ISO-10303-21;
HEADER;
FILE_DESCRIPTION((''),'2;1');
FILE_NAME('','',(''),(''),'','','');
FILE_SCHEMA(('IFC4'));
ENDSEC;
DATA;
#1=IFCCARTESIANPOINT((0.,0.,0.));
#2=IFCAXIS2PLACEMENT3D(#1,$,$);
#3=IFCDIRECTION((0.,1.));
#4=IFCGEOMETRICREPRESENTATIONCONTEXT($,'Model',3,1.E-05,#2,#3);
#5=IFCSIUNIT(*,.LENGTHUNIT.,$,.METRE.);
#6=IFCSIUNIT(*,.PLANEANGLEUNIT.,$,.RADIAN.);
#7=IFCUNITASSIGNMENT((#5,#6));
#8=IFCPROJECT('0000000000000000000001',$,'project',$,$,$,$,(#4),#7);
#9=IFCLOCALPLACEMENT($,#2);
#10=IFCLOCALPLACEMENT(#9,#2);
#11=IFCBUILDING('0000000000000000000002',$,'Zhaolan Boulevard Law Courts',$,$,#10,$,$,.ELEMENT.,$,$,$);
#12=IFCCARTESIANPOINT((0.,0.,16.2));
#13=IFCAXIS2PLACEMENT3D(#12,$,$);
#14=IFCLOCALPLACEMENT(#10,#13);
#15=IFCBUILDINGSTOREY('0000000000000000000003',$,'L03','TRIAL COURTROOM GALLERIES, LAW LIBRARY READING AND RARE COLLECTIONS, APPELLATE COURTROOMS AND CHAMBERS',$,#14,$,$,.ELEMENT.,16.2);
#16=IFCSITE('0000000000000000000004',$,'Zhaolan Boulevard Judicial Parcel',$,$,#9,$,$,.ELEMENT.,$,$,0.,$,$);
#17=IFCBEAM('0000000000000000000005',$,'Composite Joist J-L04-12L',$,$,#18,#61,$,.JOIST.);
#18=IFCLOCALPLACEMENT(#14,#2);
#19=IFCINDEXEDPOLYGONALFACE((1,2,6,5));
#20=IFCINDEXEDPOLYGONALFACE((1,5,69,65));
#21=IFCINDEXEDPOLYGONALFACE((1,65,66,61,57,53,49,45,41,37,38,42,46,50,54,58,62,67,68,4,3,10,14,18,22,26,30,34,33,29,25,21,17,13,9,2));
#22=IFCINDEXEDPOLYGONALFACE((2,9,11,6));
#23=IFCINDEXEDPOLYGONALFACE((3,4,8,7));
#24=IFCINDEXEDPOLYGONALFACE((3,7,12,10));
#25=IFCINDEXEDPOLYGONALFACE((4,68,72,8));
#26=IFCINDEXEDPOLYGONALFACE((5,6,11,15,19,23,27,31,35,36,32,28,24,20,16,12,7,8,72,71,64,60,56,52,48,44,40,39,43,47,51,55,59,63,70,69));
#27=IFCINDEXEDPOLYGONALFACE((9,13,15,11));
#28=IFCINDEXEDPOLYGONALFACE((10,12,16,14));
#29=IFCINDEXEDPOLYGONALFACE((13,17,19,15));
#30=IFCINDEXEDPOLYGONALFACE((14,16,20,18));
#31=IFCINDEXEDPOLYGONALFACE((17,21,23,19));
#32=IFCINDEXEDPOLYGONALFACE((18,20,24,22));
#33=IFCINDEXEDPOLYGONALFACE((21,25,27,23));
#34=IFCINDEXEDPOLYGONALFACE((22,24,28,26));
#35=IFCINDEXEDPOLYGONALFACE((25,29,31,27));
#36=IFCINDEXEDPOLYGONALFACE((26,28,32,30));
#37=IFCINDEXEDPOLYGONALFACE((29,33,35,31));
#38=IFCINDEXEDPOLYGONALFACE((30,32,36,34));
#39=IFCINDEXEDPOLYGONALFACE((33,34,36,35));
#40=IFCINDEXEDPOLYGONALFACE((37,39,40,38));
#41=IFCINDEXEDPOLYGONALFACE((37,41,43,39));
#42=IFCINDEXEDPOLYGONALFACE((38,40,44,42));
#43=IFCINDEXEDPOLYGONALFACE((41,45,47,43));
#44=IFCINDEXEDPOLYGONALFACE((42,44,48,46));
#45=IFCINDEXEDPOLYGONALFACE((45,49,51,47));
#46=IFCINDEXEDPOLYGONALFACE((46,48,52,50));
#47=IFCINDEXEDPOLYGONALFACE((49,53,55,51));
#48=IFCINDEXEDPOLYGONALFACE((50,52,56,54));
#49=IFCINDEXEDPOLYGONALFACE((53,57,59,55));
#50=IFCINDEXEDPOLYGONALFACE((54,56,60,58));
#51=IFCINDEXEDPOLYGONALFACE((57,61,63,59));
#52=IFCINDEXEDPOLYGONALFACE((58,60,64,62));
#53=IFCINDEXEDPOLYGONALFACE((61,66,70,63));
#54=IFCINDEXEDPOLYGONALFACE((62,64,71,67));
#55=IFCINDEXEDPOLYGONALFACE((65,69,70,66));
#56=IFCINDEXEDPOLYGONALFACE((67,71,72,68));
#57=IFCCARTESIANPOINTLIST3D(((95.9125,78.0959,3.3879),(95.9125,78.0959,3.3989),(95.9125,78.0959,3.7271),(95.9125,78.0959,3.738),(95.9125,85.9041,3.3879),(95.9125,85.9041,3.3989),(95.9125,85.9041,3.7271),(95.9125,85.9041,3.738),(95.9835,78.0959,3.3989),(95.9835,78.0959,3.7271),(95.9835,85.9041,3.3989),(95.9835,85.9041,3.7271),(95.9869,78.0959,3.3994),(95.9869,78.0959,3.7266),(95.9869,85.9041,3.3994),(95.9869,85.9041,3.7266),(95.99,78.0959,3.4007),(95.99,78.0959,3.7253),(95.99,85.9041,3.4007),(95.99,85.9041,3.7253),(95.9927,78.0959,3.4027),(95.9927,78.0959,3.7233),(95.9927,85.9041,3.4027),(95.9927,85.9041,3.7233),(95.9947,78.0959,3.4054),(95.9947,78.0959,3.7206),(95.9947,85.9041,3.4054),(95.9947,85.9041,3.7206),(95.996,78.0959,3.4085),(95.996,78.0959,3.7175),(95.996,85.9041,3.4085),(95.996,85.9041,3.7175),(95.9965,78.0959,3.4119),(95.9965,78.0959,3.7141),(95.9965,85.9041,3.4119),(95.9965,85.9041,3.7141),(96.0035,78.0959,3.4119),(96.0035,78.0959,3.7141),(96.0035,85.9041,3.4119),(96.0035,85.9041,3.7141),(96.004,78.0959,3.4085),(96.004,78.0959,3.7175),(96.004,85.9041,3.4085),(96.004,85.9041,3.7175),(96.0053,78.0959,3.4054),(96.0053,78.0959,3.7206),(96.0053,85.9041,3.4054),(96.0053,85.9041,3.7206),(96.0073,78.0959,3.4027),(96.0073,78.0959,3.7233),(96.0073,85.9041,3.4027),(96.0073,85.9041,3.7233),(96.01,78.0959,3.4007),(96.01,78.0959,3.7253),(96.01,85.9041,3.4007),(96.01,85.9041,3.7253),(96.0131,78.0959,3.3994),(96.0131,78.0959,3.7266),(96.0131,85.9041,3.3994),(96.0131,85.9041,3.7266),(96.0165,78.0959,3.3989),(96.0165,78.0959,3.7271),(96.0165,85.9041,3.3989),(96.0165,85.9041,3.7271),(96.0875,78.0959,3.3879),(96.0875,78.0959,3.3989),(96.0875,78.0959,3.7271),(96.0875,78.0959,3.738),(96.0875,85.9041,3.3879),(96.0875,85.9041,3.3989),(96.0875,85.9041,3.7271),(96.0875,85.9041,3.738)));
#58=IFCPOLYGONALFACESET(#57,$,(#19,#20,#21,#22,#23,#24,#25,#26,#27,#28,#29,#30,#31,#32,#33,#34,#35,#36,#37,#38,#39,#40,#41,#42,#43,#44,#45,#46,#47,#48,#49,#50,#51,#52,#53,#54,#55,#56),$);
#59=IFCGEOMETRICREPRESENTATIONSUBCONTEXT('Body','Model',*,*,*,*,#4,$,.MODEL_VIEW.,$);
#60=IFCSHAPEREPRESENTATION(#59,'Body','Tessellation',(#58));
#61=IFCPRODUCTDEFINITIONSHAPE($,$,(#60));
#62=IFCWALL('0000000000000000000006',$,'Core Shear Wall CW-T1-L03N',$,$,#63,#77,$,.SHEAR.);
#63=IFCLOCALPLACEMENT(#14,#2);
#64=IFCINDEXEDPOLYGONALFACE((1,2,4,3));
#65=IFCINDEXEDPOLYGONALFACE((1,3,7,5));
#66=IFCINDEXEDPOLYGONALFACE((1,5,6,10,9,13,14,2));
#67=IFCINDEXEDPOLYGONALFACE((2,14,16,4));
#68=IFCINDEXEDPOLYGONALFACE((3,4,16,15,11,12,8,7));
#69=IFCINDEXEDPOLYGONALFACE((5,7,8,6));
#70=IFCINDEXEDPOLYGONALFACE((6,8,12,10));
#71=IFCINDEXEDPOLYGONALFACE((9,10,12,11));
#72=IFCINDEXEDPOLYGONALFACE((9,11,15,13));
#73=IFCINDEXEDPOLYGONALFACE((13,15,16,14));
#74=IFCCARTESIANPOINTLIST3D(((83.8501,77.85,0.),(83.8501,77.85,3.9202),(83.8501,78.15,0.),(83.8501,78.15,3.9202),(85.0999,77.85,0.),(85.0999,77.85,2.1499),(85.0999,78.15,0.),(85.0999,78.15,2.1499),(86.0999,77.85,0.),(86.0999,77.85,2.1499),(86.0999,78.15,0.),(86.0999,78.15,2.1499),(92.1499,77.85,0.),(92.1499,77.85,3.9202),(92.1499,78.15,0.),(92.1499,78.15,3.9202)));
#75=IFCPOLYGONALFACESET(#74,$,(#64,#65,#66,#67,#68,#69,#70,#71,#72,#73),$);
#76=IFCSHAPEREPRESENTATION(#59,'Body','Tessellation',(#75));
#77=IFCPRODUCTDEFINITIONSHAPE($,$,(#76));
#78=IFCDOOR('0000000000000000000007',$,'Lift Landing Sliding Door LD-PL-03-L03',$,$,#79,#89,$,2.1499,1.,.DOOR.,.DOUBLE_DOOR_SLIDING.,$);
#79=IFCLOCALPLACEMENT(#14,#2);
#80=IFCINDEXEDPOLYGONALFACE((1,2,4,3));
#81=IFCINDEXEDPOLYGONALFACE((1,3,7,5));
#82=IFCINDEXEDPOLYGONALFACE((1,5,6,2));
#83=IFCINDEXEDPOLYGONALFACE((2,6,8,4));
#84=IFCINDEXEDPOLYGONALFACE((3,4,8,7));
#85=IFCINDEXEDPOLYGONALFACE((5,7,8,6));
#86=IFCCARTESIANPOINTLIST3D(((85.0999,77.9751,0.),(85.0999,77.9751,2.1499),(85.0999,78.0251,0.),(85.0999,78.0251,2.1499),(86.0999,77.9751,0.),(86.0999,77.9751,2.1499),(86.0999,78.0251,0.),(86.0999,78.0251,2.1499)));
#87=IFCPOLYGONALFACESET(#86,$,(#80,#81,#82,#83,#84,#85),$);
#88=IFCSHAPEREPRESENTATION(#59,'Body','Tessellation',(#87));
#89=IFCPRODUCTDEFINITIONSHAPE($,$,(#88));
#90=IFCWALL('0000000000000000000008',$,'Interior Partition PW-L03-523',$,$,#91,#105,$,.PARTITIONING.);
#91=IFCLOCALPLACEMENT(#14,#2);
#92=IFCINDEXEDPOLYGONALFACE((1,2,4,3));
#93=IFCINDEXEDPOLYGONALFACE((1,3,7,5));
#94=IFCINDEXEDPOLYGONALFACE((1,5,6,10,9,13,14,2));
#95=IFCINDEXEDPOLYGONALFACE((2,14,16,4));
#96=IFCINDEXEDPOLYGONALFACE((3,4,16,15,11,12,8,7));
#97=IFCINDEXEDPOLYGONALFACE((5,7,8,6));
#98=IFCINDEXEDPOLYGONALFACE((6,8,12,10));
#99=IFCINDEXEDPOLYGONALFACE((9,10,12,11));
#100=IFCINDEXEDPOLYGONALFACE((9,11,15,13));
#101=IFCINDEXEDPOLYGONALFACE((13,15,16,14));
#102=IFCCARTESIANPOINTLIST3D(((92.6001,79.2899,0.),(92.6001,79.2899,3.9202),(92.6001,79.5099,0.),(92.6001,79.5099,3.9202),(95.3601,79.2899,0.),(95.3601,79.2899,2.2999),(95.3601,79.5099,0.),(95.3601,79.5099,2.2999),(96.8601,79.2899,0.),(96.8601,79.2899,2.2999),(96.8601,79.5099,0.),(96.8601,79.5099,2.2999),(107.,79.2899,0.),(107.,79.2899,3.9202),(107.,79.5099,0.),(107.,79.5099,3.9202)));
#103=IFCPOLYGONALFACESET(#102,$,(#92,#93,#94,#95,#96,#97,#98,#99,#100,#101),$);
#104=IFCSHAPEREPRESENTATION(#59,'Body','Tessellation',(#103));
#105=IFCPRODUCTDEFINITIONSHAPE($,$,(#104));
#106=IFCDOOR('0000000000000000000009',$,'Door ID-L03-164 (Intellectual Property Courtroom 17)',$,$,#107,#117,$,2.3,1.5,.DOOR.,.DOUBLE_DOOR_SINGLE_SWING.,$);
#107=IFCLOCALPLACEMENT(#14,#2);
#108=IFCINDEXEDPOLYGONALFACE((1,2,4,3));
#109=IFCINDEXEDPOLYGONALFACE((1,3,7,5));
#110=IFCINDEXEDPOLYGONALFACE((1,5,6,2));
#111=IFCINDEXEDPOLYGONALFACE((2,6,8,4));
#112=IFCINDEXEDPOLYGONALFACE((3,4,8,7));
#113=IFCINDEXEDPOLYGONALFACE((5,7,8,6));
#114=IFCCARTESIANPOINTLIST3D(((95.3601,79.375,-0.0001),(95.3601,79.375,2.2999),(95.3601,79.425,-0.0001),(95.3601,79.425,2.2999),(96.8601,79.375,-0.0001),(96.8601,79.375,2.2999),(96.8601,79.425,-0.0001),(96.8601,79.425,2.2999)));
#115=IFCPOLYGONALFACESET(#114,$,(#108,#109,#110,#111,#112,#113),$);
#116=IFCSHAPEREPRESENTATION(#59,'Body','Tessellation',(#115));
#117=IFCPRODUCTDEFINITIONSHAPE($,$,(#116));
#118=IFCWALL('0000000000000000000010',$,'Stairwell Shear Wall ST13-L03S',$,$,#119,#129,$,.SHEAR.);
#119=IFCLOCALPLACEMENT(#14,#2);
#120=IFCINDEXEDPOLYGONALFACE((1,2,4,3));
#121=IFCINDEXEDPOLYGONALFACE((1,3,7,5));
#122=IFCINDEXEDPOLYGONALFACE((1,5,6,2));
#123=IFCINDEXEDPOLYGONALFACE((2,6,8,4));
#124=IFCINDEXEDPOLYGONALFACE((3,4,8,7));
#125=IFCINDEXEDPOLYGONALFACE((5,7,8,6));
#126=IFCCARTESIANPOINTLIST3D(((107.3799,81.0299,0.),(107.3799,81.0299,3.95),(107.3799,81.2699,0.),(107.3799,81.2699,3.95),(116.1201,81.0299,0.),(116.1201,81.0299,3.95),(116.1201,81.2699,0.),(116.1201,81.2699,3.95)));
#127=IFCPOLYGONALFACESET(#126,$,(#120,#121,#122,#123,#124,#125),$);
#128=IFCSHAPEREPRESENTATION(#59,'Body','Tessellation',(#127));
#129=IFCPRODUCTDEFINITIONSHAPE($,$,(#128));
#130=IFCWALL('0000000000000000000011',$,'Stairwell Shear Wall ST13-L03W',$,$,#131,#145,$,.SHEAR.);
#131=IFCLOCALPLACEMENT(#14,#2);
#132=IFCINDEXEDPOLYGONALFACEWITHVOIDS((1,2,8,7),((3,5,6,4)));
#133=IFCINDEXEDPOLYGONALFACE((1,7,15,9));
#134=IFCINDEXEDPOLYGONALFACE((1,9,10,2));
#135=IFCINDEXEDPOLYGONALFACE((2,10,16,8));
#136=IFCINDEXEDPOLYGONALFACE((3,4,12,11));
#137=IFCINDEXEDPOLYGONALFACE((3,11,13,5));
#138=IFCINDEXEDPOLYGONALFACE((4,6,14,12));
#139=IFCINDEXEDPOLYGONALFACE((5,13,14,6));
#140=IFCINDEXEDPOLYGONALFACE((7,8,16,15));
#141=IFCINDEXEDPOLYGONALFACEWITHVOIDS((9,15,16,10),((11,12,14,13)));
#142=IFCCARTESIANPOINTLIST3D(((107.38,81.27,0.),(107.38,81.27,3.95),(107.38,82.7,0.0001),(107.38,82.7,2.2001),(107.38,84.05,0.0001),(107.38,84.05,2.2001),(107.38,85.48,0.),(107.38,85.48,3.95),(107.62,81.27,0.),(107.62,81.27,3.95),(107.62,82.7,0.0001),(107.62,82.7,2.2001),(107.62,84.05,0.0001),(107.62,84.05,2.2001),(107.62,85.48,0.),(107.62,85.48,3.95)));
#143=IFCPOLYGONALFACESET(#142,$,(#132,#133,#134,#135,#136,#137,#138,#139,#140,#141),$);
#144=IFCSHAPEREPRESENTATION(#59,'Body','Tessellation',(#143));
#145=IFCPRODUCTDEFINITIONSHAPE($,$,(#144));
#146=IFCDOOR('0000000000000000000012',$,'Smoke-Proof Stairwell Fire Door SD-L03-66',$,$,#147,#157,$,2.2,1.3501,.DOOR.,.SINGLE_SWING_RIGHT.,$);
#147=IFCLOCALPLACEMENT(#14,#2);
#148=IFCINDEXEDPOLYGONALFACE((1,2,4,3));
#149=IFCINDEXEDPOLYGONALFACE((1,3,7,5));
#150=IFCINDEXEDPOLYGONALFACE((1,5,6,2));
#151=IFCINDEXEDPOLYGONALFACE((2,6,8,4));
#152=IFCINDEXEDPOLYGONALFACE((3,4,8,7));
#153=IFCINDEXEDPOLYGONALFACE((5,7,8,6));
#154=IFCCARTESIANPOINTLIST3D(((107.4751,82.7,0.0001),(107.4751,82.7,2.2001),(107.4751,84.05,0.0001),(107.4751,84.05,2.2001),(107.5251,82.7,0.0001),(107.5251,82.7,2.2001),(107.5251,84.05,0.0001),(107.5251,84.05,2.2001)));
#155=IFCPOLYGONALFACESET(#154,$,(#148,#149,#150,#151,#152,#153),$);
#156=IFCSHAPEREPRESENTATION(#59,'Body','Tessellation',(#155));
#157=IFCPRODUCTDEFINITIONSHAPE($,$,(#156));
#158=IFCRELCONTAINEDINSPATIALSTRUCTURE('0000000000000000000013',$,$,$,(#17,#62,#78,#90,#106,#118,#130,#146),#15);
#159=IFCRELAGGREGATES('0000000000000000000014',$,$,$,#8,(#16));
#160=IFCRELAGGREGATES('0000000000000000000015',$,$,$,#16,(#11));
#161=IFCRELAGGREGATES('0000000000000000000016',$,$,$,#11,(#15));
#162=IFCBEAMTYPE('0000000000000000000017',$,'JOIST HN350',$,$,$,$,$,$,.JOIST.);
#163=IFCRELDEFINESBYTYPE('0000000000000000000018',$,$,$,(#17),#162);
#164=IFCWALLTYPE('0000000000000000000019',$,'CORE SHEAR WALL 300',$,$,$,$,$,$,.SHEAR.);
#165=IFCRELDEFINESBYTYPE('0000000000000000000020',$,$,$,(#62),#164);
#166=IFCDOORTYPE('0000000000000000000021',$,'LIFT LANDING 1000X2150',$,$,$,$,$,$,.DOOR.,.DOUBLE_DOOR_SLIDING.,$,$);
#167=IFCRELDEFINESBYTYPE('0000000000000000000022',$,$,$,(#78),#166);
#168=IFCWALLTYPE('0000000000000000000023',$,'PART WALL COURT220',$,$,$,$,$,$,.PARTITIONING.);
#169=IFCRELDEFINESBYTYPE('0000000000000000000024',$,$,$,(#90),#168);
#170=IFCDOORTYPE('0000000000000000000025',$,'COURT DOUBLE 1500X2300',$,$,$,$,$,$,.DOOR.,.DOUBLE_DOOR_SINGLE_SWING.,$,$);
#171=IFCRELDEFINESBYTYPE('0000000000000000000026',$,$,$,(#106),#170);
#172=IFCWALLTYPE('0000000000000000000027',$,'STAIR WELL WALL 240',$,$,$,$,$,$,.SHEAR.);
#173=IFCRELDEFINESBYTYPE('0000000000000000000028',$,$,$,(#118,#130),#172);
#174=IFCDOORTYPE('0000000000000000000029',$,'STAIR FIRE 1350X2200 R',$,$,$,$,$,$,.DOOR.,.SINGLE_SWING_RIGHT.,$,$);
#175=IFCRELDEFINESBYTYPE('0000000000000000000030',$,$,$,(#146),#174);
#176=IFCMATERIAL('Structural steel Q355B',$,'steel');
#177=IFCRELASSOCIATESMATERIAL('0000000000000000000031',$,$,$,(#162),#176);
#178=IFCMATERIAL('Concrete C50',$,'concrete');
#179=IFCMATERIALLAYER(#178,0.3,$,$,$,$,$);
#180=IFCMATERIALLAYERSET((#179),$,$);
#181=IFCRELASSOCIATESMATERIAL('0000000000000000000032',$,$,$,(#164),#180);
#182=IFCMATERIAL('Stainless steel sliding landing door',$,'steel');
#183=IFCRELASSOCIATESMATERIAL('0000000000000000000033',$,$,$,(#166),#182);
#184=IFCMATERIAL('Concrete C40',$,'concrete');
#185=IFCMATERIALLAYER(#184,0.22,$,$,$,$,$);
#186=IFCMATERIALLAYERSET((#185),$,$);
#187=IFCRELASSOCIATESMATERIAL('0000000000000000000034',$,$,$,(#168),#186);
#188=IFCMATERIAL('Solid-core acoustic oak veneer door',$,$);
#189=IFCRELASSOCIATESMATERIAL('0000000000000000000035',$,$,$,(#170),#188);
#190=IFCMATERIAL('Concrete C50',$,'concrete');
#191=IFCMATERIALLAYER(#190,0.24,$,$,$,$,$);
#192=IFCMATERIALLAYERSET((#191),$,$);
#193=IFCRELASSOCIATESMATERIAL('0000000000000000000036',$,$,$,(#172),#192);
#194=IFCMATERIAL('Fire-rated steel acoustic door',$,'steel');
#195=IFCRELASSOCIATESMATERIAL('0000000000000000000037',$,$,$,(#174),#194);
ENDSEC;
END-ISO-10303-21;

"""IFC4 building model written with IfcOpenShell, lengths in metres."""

from ifc_helpers import new_model, si_unit, direction, frame, frame_2d, origin, origin_2d, place, context, subcontext, project, spatial, rectangle, i_section, extrude, material, layer, layer_set, material_profile, profile_set, type_object, element, fill, save


model = new_model("IFC4")

# Units and contexts
model_context = context("Model", 3, precision=1e-05, world=origin(), true_north=direction((0.0, 1.0)))
body_context = subcontext(model_context, "Body", "Model", "MODEL_VIEW")
ifc_project = project(units=[si_unit("LENGTHUNIT", "METRE"), si_unit("PLANEANGLEUNIT", "RADIAN")], contexts=[model_context])

# Site, building, storey
site_placement = place(None, origin())
site = spatial("IfcSite", under=ifc_project, at=site_placement, Name="Zhaolan Boulevard Judicial Parcel", CompositionType="ELEMENT", RefElevation=0.0)
building_placement = place(site_placement, origin())
building = spatial("IfcBuilding", under=site, at=building_placement, Name="Zhaolan Boulevard Law Courts", CompositionType="ELEMENT")
storey_placement = place(building_placement, frame((0.0, 0.0, 16.2)))
storey = spatial("IfcBuildingStorey", under=building, at=storey_placement, Name="L03", Description="TRIAL COURTROOM GALLERIES, LAW LIBRARY READING AND RARE COLLECTIONS, APPELLATE COURTROOMS AND CHAMBERS", CompositionType="ELEMENT", Elevation=16.2)

# Beam
ifc_material_1 = material(Name="Structural steel Q355B", Category="steel")
ifc_material_profile_1 = material_profile(ifc_material_1, i_section(OverallWidth=0.175, OverallDepth=0.3501, WebThickness=0.0071, FlangeThickness=0.011, FilletRadius=0.0129, at=origin_2d()), Name="HN350x175")
ifc_profile_set_1 = profile_set([ifc_material_profile_1], Name="Structural steel Q355B")
beam_type_1 = type_object("IfcBeamType", Name="JOIST HN350", PredefinedType="JOIST", material=ifc_profile_set_1)
beam_1_placement = place(storey_placement, frame((96.0, 78.0959, 3.563), z_axis=(0.0, 1.0, 0.0), x_axis=(-1.0, 0.0, 0.0)))
element("IfcBeam", 1, at=beam_1_placement, inside=storey, type_object=beam_type_1, Name="Composite Joist J-L04-12L", PredefinedType="JOIST", context=body_context, shape_type="SweptSolid", body=[
    extrude(i_section(OverallWidth=0.175, OverallDepth=0.3501, WebThickness=0.0071, FlangeThickness=0.011, FilletRadius=0.0129, at=origin_2d()), origin(), (0.0, 0.0, 1.0), 7.8081),
])

# Walls, openings, doors
ifc_material_2 = material(Name="Concrete C50", Category="concrete")
ifc_layer_1 = layer(ifc_material_2, 0.3)
ifc_layer_set_1 = layer_set([ifc_layer_1])
wall_type_1 = type_object("IfcWallType", Name="CORE SHEAR WALL 300", PredefinedType="SHEAR", material=ifc_layer_set_1)
wall_1_placement = place(storey_placement, frame((92.1499, 78.0, 0.0), z_axis=(0.0, 0.0, 1.0), x_axis=(-1.0, 0.0, 0.0)))
wall_1 = element("IfcWall", 2, at=wall_1_placement, inside=storey, type_object=wall_type_1, Name="Core Shear Wall CW-T1-L03N", PredefinedType="SHEAR", context=body_context, shape_type="SweptSolid", body=[
    extrude(rectangle(XDim=8.2998, YDim=0.3, at=frame_2d((4.1499, 0.0))), origin(), (0.0, 0.0, 1.0), 3.9202),
])
opening_1_placement = place(wall_1_placement, frame((6.05, 0.0, 0.0)))
opening_1 = element("IfcOpeningElement", 3, at=opening_1_placement, cuts=wall_1, PredefinedType="OPENING", context=body_context, shape_type="SweptSolid", body=[
    extrude(rectangle(XDim=1.0, YDim=2.1499, at=frame_2d((0.5, 1.075))), frame((0.0, 0.1599, 0.0), z_axis=(0.0, -1.0, 0.0), x_axis=(1.0, 0.0, 0.0)), (0.0, 0.0, 1.0), 0.3201),
])
ifc_material_3 = material(Name="Stainless steel sliding landing door", Category="steel")
door_type_1 = type_object("IfcDoorType", Name="LIFT LANDING 1000X2150", OperationType="DOUBLE_DOOR_SLIDING", PredefinedType="DOOR", material=ifc_material_3)
door_1_placement = place(opening_1_placement, origin())
door_1 = element("IfcDoor", 4, at=door_1_placement, inside=storey, type_object=door_type_1, Name="Lift Landing Sliding Door LD-PL-03-L03", OperationType="DOUBLE_DOOR_SLIDING", OverallHeight=2.1499, OverallWidth=1.0, PredefinedType="DOOR", context=body_context, shape_type="SweptSolid", body=[
    extrude(rectangle(XDim=1.0, YDim=2.1499, at=frame_2d((0.5, 1.075))), frame((0.0, 0.0249, 0.0), z_axis=(0.0, -1.0, 0.0), x_axis=(1.0, 0.0, 0.0)), (0.0, 0.0, 1.0), 0.05),
])
fill(opening_1, door_1)
ifc_material_4 = material(Name="Concrete C40", Category="concrete")
ifc_layer_2 = layer(ifc_material_4, 0.22)
ifc_layer_set_2 = layer_set([ifc_layer_2])
wall_type_2 = type_object("IfcWallType", Name="PART WALL COURT220", PredefinedType="PARTITIONING", material=ifc_layer_set_2)
wall_2_placement = place(storey_placement, frame((107.0, 79.3999, 0.0), z_axis=(0.0, 0.0, 1.0), x_axis=(-1.0, 0.0, 0.0)))
wall_2 = element("IfcWall", 5, at=wall_2_placement, inside=storey, type_object=wall_type_2, Name="Interior Partition PW-L03-523", PredefinedType="PARTITIONING", context=body_context, shape_type="SweptSolid", body=[
    extrude(rectangle(XDim=14.3999, YDim=0.22, at=frame_2d((7.2, 0.0))), origin(), (0.0, 0.0, 1.0), 3.9202),
])
opening_2_placement = place(wall_2_placement, frame((10.1399, 0.0, 0.0)))
opening_2 = element("IfcOpeningElement", 6, at=opening_2_placement, cuts=wall_2, PredefinedType="OPENING", context=body_context, shape_type="SweptSolid", body=[
    extrude(rectangle(XDim=1.5, YDim=2.3, at=frame_2d((0.75, 1.1499))), frame((0.0, 0.1199, 0.0), z_axis=(0.0, -1.0, 0.0), x_axis=(1.0, 0.0, 0.0)), (0.0, 0.0, 1.0), 0.24),
])
ifc_material_5 = material(Name="Solid-core acoustic oak veneer door")
door_type_2 = type_object("IfcDoorType", Name="COURT DOUBLE 1500X2300", OperationType="DOUBLE_DOOR_SINGLE_SWING", PredefinedType="DOOR", material=ifc_material_5)
door_2_placement = place(opening_2_placement, origin())
door_2 = element("IfcDoor", 7, at=door_2_placement, inside=storey, type_object=door_type_2, Name="Door ID-L03-164 (Intellectual Property Courtroom 17)", OperationType="DOUBLE_DOOR_SINGLE_SWING", OverallHeight=2.3, OverallWidth=1.5, PredefinedType="DOOR", context=body_context, shape_type="SweptSolid", body=[
    extrude(rectangle(XDim=1.5, YDim=2.3, at=frame_2d((0.75, 1.1499))), frame((0.0, 0.0249, 0.0), z_axis=(0.0, -1.0, 0.0), x_axis=(1.0, 0.0, 0.0)), (0.0, 0.0, 1.0), 0.05),
])
fill(opening_2, door_2)

# Wall
ifc_material_6 = material(Name="Concrete C50", Category="concrete")
ifc_layer_3 = layer(ifc_material_6, 0.24)
ifc_layer_set_3 = layer_set([ifc_layer_3])
wall_type_3 = type_object("IfcWallType", Name="STAIR WELL WALL 240", PredefinedType="SHEAR", material=ifc_layer_set_3)
wall_3_placement = place(storey_placement, frame((107.3799, 81.1499, 0.0), z_axis=(0.0, 0.0, 1.0), x_axis=(1.0, 0.0, 0.0)))
element("IfcWall", 8, at=wall_3_placement, inside=storey, type_object=wall_type_3, Name="Stairwell Shear Wall ST13-L03S", PredefinedType="SHEAR", context=body_context, shape_type="SweptSolid", body=[
    extrude(rectangle(XDim=8.7402, YDim=0.24, at=frame_2d((4.3701, 0.0))), origin(), (0.0, 0.0, 1.0), 3.95),
])

# Wall, opening, door
wall_4_placement = place(storey_placement, frame((107.5, 81.27, 0.0), z_axis=(0.0, 0.0, 1.0), x_axis=(0.0, 1.0, 0.0)))
wall_4 = element("IfcWall", 9, at=wall_4_placement, inside=storey, type_object=wall_type_3, Name="Stairwell Shear Wall ST13-L03W", PredefinedType="SHEAR", context=body_context, shape_type="SweptSolid", body=[
    extrude(rectangle(XDim=4.21, YDim=0.24, at=frame_2d((2.105, 0.0))), origin(), (0.0, 0.0, 1.0), 3.95),
])
opening_3_placement = place(wall_4_placement, frame((1.4299, 0.0, 0.0)))
opening_3 = element("IfcOpeningElement", 10, at=opening_3_placement, cuts=wall_4, PredefinedType="OPENING", context=body_context, shape_type="SweptSolid", body=[
    extrude(rectangle(XDim=1.3501, YDim=2.2, at=frame_2d((0.675, 1.1001))), frame((0.0, 0.1299, 0.0), z_axis=(0.0, -1.0, 0.0), x_axis=(1.0, 0.0, 0.0)), (0.0, 0.0, 1.0), 0.26),
])
ifc_material_7 = material(Name="Fire-rated steel acoustic door", Category="steel")
door_type_3 = type_object("IfcDoorType", Name="STAIR FIRE 1350X2200 R", OperationType="SINGLE_SWING_RIGHT", PredefinedType="DOOR", material=ifc_material_7)
door_3_placement = place(opening_3_placement, origin())
door_3 = element("IfcDoor", 11, at=door_3_placement, inside=storey, type_object=door_type_3, Name="Smoke-Proof Stairwell Fire Door SD-L03-66", OperationType="SINGLE_SWING_RIGHT", OverallHeight=2.2, OverallWidth=1.3501, PredefinedType="DOOR", context=body_context, shape_type="SweptSolid", body=[
    extrude(rectangle(XDim=1.3501, YDim=2.2, at=frame_2d((0.675, 1.1001))), frame((0.0, 0.0249, 0.0), z_axis=(0.0, -1.0, 0.0), x_axis=(1.0, 0.0, 0.0)), (0.0, 0.0, 1.0), 0.05),
])
fill(opening_3, door_3)

save(model, "model.ifc")
